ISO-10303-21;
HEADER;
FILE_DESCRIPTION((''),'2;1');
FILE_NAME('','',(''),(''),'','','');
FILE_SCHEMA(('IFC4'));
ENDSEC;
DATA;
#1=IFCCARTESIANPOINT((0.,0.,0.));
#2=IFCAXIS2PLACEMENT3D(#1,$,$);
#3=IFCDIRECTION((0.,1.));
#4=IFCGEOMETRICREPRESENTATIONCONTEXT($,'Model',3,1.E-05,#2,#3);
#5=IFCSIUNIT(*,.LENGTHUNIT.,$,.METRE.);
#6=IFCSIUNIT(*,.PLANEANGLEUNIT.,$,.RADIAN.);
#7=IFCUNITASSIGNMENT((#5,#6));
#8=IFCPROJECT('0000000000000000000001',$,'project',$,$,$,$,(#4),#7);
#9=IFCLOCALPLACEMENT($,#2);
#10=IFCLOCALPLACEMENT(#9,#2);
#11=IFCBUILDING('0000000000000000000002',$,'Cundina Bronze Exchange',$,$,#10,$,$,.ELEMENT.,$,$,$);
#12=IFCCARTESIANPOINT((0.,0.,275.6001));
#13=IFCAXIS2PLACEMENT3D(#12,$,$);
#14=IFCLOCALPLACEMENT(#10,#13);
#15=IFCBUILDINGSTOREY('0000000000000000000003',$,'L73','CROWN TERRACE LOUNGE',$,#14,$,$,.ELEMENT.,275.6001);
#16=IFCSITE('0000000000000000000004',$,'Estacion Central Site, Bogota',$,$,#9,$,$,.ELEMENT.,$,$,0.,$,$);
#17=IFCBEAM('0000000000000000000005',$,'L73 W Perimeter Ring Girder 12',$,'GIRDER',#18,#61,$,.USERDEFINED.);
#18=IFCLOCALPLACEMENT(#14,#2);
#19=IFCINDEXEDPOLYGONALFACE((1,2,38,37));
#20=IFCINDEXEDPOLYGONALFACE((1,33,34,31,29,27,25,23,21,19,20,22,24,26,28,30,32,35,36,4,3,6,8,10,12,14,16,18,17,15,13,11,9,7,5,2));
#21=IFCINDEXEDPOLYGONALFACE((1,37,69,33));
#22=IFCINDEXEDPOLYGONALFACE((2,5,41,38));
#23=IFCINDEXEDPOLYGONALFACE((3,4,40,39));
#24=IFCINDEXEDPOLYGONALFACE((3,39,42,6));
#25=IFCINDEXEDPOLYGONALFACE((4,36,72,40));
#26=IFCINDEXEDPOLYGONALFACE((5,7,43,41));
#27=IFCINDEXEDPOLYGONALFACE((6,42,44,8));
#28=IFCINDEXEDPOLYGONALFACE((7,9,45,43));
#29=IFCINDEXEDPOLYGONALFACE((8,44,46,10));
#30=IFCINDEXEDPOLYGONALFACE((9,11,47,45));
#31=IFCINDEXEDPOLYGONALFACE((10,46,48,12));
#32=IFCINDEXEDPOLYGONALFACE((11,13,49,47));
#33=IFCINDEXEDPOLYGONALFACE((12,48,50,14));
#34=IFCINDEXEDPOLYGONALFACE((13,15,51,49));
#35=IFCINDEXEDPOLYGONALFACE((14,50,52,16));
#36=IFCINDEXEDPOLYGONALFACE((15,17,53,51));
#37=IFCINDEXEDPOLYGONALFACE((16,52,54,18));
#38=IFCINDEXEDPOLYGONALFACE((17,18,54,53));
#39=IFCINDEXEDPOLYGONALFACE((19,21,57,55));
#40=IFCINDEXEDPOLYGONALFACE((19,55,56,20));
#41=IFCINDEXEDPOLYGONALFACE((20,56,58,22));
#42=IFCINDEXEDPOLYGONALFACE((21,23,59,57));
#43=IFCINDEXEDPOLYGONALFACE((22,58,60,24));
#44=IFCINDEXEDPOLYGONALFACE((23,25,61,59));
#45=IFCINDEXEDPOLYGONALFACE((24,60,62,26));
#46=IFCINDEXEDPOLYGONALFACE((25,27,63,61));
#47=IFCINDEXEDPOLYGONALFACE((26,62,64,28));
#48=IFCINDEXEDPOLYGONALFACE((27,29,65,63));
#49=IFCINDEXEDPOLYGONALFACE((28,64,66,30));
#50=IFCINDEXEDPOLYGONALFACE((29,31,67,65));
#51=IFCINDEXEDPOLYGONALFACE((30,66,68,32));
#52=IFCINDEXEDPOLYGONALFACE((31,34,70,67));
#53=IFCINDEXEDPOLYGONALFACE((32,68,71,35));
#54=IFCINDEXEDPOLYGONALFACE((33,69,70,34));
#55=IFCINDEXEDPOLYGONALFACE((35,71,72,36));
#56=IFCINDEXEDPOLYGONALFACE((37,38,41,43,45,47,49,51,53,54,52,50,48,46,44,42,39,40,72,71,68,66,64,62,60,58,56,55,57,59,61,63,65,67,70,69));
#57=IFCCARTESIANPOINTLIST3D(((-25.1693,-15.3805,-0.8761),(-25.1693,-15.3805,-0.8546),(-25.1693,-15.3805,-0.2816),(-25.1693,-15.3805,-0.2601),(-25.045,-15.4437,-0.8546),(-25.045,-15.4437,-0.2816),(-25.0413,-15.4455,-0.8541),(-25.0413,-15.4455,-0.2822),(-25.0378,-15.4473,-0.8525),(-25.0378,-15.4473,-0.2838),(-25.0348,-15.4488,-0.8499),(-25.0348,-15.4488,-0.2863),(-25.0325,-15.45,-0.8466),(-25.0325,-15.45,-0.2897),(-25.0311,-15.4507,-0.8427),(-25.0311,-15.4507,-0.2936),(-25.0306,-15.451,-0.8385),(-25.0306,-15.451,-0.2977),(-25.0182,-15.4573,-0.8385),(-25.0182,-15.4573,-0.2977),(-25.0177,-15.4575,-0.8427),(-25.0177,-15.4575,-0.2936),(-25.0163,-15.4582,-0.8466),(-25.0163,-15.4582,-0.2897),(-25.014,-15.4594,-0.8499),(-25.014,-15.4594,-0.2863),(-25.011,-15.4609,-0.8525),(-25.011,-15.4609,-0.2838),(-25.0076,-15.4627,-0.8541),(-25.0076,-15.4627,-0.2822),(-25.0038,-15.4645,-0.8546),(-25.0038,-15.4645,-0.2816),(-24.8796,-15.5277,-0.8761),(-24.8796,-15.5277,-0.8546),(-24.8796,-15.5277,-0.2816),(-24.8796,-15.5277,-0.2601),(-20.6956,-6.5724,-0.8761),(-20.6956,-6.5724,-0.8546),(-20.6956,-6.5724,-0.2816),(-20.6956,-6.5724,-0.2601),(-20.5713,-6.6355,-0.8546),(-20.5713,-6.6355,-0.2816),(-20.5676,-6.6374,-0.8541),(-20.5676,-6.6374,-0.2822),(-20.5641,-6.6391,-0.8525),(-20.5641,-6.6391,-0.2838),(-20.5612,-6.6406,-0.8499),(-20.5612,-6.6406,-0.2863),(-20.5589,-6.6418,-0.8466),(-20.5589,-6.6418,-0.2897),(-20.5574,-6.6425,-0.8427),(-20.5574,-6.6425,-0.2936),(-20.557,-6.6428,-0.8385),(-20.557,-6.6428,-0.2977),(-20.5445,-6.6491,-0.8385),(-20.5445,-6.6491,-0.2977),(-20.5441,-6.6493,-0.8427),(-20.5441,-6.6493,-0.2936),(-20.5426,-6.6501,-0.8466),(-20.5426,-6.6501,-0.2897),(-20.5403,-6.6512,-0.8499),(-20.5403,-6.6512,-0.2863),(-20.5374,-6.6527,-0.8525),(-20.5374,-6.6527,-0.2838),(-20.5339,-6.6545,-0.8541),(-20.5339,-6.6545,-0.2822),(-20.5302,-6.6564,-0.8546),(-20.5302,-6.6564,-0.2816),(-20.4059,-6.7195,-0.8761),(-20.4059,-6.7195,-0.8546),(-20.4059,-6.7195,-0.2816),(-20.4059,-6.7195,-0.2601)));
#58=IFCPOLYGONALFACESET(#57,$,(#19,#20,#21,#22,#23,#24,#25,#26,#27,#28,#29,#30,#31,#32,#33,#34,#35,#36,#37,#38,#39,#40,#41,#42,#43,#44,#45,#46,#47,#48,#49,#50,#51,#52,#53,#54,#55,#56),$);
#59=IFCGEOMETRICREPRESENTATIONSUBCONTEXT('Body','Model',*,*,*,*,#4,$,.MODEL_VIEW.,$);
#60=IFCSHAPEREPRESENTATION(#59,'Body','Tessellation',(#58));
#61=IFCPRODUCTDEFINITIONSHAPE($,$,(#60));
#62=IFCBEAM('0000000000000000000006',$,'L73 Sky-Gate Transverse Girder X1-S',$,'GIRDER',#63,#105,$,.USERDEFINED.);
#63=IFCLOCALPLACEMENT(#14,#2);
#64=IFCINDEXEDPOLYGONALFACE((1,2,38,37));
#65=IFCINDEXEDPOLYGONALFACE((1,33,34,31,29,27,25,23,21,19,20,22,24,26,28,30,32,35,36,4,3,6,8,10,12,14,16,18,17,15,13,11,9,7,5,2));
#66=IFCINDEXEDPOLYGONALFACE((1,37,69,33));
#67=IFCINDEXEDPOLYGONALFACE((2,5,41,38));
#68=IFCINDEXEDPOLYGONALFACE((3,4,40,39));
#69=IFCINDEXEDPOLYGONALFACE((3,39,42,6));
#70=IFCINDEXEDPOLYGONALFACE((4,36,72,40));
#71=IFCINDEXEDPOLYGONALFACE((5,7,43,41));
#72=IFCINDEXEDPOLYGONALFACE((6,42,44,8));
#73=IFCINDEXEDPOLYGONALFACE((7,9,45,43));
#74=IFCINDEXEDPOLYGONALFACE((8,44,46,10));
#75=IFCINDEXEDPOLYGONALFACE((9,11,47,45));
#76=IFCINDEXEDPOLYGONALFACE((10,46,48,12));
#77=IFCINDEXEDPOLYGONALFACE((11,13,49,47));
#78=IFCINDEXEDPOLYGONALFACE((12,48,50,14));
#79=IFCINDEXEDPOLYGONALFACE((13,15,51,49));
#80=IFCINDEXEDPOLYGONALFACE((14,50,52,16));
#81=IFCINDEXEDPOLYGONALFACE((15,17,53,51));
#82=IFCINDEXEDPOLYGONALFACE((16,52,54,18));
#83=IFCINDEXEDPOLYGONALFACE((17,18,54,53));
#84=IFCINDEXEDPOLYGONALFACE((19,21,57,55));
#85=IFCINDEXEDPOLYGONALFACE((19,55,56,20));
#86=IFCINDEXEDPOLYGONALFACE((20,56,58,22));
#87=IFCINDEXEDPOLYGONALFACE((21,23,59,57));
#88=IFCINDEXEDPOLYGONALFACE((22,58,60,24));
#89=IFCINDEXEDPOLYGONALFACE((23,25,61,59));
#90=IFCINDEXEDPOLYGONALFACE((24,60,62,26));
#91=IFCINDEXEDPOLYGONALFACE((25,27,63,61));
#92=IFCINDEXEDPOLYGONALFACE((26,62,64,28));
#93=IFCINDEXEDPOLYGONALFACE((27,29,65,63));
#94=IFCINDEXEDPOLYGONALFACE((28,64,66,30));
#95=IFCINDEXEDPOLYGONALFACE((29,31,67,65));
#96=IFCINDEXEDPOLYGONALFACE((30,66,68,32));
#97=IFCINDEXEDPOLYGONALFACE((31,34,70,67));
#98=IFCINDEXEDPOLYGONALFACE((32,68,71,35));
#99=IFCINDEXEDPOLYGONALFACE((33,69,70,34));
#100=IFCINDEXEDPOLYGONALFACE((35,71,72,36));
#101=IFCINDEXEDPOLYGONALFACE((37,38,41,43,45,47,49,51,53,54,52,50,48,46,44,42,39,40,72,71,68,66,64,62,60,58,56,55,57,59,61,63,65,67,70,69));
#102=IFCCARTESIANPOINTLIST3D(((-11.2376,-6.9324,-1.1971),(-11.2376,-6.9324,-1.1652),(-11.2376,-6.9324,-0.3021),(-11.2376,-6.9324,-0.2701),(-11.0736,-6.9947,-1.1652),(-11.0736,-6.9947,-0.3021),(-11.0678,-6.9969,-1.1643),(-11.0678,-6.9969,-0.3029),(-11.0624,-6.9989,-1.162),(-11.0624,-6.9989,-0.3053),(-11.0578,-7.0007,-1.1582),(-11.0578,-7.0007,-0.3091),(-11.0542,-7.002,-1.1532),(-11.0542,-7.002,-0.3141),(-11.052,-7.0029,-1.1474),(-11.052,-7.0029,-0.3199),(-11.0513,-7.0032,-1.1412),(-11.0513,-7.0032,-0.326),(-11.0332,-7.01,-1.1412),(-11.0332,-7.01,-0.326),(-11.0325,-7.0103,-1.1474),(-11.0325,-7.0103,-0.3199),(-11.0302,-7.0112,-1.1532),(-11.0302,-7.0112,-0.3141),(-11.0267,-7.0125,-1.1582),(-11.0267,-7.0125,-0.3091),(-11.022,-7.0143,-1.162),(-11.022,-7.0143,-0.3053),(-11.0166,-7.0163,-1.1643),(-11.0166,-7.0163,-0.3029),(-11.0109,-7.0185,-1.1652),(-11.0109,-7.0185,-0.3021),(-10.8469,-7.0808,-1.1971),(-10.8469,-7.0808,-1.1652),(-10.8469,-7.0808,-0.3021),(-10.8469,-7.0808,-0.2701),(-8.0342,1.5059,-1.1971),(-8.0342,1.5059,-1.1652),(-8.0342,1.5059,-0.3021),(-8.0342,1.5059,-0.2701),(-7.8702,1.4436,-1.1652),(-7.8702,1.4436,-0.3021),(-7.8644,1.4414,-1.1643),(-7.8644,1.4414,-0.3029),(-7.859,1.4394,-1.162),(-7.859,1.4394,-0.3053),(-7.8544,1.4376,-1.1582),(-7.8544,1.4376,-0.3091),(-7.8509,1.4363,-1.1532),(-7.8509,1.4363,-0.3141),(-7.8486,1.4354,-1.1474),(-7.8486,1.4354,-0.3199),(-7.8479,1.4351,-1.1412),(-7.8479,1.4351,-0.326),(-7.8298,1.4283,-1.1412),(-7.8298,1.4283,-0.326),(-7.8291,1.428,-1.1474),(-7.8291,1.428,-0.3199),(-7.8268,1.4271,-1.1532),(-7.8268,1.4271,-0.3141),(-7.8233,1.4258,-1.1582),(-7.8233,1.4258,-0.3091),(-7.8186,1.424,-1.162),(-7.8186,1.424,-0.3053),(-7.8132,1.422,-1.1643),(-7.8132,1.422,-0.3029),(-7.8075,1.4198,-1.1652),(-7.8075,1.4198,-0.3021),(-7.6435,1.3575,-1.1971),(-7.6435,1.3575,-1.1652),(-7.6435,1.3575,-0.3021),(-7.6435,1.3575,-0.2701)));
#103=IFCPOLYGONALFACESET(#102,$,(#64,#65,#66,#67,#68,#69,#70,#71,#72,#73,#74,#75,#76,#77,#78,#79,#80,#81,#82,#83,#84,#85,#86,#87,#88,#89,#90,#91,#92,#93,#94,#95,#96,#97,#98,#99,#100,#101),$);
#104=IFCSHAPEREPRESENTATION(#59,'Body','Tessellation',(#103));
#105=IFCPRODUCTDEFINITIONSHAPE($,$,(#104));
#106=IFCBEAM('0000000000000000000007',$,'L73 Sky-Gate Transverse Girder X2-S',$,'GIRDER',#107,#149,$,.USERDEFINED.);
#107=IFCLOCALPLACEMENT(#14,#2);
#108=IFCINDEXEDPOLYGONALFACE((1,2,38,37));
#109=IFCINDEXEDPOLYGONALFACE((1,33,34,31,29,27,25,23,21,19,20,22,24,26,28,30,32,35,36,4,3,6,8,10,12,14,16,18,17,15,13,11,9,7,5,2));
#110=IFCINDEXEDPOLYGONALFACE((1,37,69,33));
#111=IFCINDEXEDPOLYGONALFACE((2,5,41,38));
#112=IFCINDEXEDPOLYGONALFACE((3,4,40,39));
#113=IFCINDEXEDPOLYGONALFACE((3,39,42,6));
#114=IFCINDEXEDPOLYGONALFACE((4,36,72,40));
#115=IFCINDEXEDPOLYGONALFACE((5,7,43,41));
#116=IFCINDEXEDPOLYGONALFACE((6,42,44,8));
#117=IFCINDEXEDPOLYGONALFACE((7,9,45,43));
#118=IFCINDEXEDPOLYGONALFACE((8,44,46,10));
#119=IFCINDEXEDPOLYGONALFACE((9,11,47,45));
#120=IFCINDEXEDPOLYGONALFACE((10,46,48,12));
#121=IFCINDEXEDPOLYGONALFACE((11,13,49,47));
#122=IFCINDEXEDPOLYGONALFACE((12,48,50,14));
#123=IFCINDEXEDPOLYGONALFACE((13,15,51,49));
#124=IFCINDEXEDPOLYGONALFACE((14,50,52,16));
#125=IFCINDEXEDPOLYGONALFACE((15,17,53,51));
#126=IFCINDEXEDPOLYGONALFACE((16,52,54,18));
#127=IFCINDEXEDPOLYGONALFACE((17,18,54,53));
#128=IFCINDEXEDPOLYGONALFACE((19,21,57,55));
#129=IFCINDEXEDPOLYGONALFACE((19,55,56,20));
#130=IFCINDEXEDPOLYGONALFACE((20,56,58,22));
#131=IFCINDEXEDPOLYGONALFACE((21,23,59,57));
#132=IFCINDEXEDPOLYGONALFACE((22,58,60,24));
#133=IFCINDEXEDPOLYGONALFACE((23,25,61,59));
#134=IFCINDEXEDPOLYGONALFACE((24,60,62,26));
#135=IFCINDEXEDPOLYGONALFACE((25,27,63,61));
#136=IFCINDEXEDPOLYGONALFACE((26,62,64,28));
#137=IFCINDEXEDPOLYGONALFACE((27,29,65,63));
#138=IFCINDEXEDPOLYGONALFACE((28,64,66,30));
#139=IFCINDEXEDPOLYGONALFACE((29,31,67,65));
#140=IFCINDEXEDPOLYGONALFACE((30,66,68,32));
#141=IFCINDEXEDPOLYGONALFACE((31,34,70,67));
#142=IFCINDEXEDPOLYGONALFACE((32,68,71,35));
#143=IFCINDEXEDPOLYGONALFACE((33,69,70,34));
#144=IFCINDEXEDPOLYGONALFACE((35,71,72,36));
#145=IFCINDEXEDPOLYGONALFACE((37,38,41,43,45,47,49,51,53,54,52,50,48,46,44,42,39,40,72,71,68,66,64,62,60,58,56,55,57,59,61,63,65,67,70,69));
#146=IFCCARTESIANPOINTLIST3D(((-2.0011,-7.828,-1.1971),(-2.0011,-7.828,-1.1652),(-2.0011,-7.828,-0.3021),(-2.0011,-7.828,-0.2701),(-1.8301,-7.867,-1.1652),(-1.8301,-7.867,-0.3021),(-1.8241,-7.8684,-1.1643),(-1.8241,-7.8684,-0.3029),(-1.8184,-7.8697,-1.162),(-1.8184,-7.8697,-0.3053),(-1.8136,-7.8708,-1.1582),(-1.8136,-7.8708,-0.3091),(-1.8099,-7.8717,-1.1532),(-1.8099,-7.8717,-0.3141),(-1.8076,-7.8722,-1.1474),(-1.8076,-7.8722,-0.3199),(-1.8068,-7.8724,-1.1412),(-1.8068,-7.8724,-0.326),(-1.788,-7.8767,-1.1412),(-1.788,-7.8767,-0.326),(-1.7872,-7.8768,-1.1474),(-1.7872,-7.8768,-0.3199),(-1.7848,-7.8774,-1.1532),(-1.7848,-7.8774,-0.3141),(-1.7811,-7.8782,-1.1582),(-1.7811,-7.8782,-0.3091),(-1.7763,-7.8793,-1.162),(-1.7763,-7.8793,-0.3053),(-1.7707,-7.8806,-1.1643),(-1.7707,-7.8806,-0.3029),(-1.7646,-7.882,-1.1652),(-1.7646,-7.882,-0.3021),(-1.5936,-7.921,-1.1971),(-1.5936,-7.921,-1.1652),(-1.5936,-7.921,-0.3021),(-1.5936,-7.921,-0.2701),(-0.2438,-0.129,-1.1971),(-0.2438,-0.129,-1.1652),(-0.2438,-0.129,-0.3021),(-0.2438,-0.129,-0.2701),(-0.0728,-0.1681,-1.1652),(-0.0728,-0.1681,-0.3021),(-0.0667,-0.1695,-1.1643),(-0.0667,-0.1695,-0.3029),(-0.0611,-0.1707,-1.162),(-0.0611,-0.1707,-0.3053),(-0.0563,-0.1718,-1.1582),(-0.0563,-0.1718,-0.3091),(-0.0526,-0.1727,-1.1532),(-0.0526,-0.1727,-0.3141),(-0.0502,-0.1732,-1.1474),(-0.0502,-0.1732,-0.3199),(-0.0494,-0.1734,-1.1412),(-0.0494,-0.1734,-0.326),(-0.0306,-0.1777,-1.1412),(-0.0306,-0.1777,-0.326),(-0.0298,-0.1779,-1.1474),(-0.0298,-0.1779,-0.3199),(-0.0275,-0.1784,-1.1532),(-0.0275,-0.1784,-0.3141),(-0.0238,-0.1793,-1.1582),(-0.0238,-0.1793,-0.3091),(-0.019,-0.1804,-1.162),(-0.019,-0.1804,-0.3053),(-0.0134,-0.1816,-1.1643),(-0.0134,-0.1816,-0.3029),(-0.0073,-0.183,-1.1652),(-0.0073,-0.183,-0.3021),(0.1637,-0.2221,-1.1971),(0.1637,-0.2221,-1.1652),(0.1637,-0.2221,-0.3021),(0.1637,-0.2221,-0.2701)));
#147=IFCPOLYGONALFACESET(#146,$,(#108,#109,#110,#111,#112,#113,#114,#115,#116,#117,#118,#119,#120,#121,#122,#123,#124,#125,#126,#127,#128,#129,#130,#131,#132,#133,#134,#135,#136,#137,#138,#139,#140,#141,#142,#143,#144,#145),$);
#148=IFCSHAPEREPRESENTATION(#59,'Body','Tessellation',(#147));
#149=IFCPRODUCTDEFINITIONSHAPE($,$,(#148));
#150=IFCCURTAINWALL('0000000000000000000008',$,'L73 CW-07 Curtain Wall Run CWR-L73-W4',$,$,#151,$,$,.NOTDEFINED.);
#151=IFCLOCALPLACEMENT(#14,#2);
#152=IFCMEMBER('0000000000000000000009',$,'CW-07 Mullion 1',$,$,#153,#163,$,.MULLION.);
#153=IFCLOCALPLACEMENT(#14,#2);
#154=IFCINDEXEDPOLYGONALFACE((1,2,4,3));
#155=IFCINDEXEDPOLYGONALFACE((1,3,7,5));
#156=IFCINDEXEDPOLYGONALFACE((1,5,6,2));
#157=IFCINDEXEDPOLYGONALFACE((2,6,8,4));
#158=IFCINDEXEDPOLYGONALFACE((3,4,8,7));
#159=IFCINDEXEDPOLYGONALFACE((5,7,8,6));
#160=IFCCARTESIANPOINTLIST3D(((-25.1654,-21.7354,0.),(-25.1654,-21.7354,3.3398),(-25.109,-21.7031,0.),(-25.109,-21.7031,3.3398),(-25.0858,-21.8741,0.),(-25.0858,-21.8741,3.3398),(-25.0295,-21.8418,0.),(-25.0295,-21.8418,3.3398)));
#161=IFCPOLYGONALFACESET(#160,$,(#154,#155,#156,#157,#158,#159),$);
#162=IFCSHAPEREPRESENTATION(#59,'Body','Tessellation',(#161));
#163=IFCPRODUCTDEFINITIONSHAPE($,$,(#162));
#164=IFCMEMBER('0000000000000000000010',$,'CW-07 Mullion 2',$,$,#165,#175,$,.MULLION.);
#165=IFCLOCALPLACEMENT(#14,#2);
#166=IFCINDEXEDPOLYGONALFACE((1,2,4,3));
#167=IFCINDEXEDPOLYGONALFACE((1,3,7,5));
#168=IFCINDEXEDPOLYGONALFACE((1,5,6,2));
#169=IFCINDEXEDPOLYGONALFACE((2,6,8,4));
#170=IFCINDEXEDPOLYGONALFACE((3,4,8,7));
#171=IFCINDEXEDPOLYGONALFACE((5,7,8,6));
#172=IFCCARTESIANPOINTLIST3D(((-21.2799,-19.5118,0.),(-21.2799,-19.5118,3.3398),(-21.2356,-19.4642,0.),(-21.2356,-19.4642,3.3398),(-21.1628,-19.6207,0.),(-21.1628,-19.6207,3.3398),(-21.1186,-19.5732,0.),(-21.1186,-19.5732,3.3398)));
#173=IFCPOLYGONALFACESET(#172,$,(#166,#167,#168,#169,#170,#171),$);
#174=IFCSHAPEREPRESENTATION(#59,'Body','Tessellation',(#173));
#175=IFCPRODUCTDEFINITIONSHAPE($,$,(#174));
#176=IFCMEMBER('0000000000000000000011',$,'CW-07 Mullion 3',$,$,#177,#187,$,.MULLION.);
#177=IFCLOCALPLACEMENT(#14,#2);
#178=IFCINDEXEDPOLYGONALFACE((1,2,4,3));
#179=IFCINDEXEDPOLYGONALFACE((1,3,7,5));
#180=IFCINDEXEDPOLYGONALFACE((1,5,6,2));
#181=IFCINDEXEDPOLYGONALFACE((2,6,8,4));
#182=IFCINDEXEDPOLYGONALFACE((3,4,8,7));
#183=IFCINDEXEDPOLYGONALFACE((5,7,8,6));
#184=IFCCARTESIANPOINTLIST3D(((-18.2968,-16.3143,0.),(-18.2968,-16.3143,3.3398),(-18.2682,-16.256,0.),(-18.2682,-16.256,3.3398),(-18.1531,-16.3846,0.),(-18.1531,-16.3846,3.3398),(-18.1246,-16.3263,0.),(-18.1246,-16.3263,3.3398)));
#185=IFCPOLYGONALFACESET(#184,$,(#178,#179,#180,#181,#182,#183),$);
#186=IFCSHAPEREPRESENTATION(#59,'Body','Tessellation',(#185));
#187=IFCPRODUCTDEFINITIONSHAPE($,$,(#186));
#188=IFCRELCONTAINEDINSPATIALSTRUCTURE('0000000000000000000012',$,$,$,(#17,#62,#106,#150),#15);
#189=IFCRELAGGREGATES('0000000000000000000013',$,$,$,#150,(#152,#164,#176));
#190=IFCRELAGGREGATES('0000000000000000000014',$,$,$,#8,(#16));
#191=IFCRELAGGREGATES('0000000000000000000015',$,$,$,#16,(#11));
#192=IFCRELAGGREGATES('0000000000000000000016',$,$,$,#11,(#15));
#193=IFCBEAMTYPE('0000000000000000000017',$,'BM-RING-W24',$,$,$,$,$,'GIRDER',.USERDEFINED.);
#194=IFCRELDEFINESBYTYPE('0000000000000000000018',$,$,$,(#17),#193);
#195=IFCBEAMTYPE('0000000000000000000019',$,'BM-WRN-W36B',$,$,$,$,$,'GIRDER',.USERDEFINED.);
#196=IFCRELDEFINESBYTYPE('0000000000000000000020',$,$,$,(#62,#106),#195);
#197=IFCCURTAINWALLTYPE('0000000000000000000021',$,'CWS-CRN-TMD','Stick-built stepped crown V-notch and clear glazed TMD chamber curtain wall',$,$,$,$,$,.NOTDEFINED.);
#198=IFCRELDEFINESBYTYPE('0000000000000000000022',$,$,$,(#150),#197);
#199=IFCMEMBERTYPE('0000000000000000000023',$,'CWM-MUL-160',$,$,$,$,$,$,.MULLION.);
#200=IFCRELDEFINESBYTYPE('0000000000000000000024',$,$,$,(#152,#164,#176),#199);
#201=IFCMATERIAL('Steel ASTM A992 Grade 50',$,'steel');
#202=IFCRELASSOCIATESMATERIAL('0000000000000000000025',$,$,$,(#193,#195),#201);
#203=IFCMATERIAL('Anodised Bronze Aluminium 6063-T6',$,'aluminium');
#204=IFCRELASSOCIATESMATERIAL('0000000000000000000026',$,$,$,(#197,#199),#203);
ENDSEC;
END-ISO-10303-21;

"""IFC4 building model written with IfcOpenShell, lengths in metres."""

from ifc_helpers import new_model, si_unit, direction, frame, origin, origin_2d, place, context, subcontext, project, spatial, rectangle, i_section, extrude, material, material_profile, profile_set, type_object, element, aggregate, save


model = new_model("IFC4")

# Units and contexts
model_context = context("Model", 3, precision=1e-05, world=origin(), true_north=direction((0.0, 1.0)))
body_context = subcontext(model_context, "Body", "Model", "MODEL_VIEW")
ifc_project = project(units=[si_unit("LENGTHUNIT", "METRE"), si_unit("PLANEANGLEUNIT", "RADIAN")], contexts=[model_context])

# Site, building, storey
site_placement = place(None, origin())
site = spatial("IfcSite", under=ifc_project, at=site_placement, Name="Estacion Central Site, Bogota", CompositionType="ELEMENT", RefElevation=0.0)
building_placement = place(site_placement, origin())
building = spatial("IfcBuilding", under=site, at=building_placement, Name="Cundina Bronze Exchange", CompositionType="ELEMENT")
storey_placement = place(building_placement, frame((0.0, 0.0, 275.6001)))
storey = spatial("IfcBuildingStorey", under=building, at=storey_placement, Name="L73", Description="CROWN TERRACE LOUNGE", CompositionType="ELEMENT", Elevation=275.6001)

# Beams
ifc_material_1 = material(Name="Steel ASTM A992 Grade 50", Category="steel")
ifc_material_profile_1 = material_profile(ifc_material_1, i_section(OverallWidth=0.325, OverallDepth=0.616, WebThickness=0.0139, FlangeThickness=0.0215, FilletRadius=0.0161, at=origin_2d()), Name="W24X117", Category="steel")
ifc_profile_set_1 = profile_set([ifc_material_profile_1], Name="Steel ASTM A992 Grade 50")
beam_type_1 = type_object("IfcBeamType", Name="BM-RING-W24", ElementType="GIRDER", PredefinedType="USERDEFINED", material=ifc_profile_set_1)
beam_1_placement = place(storey_placement, frame((-25.0244, -15.4541, -0.5681), z_axis=(0.452839, 0.891592, 0.0), x_axis=(-0.891592, 0.452839, 0.0)))
element("IfcBeam", 1, at=beam_1_placement, inside=storey, type_object=beam_type_1, Name="L73 W Perimeter Ring Girder 12", ObjectType="GIRDER", PredefinedType="USERDEFINED", context=body_context, shape_type="SweptSolid", body=[
    extrude(i_section(OverallWidth=0.325, OverallDepth=0.616, WebThickness=0.0139, FlangeThickness=0.0215, FilletRadius=0.0161, at=origin_2d()), origin(), (0.0, 0.0, 1.0), 9.8792),
])
ifc_material_profile_2 = material_profile(ifc_material_1, i_section(OverallWidth=0.418, OverallDepth=0.927, WebThickness=0.0193, FlangeThickness=0.032, FilletRadius=0.0239, at=origin_2d()), Name="W36X231", Category="steel")
ifc_profile_set_2 = profile_set([ifc_material_profile_2], Name="Steel ASTM A992 Grade 50")
beam_type_2 = type_object("IfcBeamType", Name="BM-WRN-W36B", ElementType="GIRDER", PredefinedType="USERDEFINED", material=ifc_profile_set_2)
beam_2_placement = place(storey_placement, frame((-11.0422, -7.0066, -0.7336), z_axis=(0.354912, 0.9349, 0.0), x_axis=(-0.9349, 0.354912, 0.0)))
element("IfcBeam", 2, at=beam_2_placement, inside=storey, type_object=beam_type_2, Name="L73 Sky-Gate Transverse Girder X1-S", ObjectType="GIRDER", PredefinedType="USERDEFINED", context=body_context, shape_type="SweptSolid", body=[
    extrude(i_section(OverallWidth=0.418, OverallDepth=0.927, WebThickness=0.0193, FlangeThickness=0.032, FilletRadius=0.0239, at=origin_2d()), origin(), (0.0, 0.0, 1.0), 9.0259),
])
beam_3_placement = place(storey_placement, frame((-1.7974, -7.8745, -0.7336), z_axis=(0.222531, 0.974926, 0.0), x_axis=(-0.974926, 0.222531, 0.0)))
element("IfcBeam", 3, at=beam_3_placement, inside=storey, type_object=beam_type_2, Name="L73 Sky-Gate Transverse Girder X2-S", ObjectType="GIRDER", PredefinedType="USERDEFINED", context=body_context, shape_type="SweptSolid", body=[
    extrude(i_section(OverallWidth=0.418, OverallDepth=0.927, WebThickness=0.0193, FlangeThickness=0.032, FilletRadius=0.0239, at=origin_2d()), origin(), (0.0, 0.0, 1.0), 7.897),
])

# Curtain wall, members
ifc_material_2 = material(Name="Anodised Bronze Aluminium 6063-T6", Category="aluminium")
curtain_wall_type = type_object("IfcCurtainWallType", Name="CWS-CRN-TMD", Description="Stick-built stepped crown V-notch and clear glazed TMD chamber curtain wall", PredefinedType="NOTDEFINED", material=ifc_material_2)
curtain_wall_placement = place(storey_placement, origin())
curtain_wall = element("IfcCurtainWall", 4, at=curtain_wall_placement, inside=storey, type_object=curtain_wall_type, Name="L73 CW-07 Curtain Wall Run CWR-L73-W4", PredefinedType="NOTDEFINED")
ifc_material_profile_3 = material_profile(ifc_material_2, rectangle(XDim=0.0649, YDim=0.1599, at=origin_2d()), Name="AL65X160", Category="aluminium")
ifc_profile_set_3 = profile_set([ifc_material_profile_3], Name="Anodised Bronze Aluminium 6063-T6")
member_type_1 = type_object("IfcMemberType", Name="CWM-MUL-160", PredefinedType="MULLION", material=ifc_profile_set_3)
member_1_placement = place(storey_placement, frame((-25.0974, -21.7886, 0.0), z_axis=(0.0, 0.0, 1.0), x_axis=(0.867418, 0.49758, 0.0)))
member_1 = element("IfcMember", 5, at=member_1_placement, type_object=member_type_1, Name="CW-07 Mullion 1", PredefinedType="MULLION", context=body_context, shape_type="SweptSolid", body=[
    extrude(rectangle(XDim=0.0649, YDim=0.1599, at=origin_2d()), origin(), (0.0, 0.0, 1.0), 3.3398),
])
member_2_placement = place(storey_placement, frame((-21.1992, -19.5425, 0.0), z_axis=(0.0, 0.0, 1.0), x_axis=(0.681488, 0.73183, 0.0)))
member_2 = element("IfcMember", 6, at=member_2_placement, type_object=member_type_1, Name="CW-07 Mullion 2", PredefinedType="MULLION", context=body_context, shape_type="SweptSolid", body=[
    extrude(rectangle(XDim=0.0649, YDim=0.1599, at=origin_2d()), origin(), (0.0, 0.0, 1.0), 3.3398),
])
member_3_placement = place(storey_placement, frame((-18.2107, -16.3203, 0.0), z_axis=(0.0, 0.0, 1.0), x_axis=(0.439469, 0.898258, 0.0)))
member_3 = element("IfcMember", 7, at=member_3_placement, type_object=member_type_1, Name="CW-07 Mullion 3", PredefinedType="MULLION", context=body_context, shape_type="SweptSolid", body=[
    extrude(rectangle(XDim=0.0649, YDim=0.1599, at=origin_2d()), origin(), (0.0, 0.0, 1.0), 3.3398),
])
aggregate(curtain_wall, [member_1, member_2, member_3])

save(model, "model.ifc")
